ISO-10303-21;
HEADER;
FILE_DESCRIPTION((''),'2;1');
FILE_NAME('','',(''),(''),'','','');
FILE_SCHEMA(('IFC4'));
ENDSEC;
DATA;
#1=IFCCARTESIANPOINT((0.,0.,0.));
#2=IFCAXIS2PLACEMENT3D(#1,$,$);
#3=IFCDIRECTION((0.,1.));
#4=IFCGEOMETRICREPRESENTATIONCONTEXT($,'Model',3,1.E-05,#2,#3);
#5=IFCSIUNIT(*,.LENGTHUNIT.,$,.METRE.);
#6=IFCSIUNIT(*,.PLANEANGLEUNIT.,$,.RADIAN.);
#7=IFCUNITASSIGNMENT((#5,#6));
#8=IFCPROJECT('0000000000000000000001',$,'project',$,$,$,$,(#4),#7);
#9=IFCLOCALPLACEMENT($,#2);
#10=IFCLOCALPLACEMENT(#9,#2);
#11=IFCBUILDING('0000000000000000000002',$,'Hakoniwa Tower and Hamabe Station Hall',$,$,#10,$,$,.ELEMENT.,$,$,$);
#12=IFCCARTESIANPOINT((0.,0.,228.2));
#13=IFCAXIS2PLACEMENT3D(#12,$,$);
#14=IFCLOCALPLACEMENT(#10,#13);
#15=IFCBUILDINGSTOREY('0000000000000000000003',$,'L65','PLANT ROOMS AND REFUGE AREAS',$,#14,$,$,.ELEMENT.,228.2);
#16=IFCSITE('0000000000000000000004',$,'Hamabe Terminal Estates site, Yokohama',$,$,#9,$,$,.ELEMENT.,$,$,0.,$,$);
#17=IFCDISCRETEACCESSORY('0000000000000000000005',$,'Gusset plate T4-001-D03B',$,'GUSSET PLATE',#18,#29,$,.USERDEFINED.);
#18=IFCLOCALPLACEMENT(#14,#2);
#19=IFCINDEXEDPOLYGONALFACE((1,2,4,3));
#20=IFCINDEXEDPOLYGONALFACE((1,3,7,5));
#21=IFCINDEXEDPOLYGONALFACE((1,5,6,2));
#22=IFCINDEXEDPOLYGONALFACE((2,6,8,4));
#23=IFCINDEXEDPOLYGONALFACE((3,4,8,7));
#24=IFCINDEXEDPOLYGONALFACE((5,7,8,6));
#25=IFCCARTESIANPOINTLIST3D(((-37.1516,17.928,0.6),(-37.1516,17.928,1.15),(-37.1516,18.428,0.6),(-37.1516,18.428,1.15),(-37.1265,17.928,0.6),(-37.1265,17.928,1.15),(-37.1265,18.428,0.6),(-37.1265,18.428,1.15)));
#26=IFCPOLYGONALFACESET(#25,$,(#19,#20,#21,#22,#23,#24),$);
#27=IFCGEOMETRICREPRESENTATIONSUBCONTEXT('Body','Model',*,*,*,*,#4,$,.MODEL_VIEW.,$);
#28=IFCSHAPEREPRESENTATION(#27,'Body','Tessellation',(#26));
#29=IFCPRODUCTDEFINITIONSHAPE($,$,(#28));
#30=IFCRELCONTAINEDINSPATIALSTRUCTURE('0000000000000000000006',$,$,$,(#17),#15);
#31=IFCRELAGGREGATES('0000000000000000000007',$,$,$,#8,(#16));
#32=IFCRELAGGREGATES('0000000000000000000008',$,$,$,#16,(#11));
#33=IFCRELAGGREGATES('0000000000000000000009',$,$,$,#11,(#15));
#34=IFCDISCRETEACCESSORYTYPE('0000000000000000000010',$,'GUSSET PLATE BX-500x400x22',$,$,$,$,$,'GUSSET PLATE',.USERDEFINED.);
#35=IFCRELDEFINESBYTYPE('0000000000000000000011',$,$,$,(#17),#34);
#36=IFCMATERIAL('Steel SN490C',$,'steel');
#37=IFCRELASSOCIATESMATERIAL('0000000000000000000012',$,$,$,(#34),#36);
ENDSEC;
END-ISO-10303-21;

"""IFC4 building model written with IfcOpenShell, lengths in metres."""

from ifc_helpers import new_model, si_unit, direction, frame, origin, origin_2d, place, context, subcontext, project, spatial, rectangle, extrude, material, material_profile, profile_set, type_object, element, save


model = new_model("IFC4")

# Units and contexts
model_context = context("Model", 3, precision=1e-05, world=origin(), true_north=direction((0.0, 1.0)))
body_context = subcontext(model_context, "Body", "Model", "MODEL_VIEW")
ifc_project = project(units=[si_unit("LENGTHUNIT", "METRE"), si_unit("PLANEANGLEUNIT", "RADIAN")], contexts=[model_context])

# Site, building, storey
site_placement = place(None, origin())
site = spatial("IfcSite", under=ifc_project, at=site_placement, Name="Hamabe Terminal Estates site, Yokohama", CompositionType="ELEMENT", RefElevation=0.0)
building_placement = place(site_placement, origin())
building = spatial("IfcBuilding", under=site, at=building_placement, Name="Hakoniwa Tower and Hamabe Station Hall", CompositionType="ELEMENT")
storey_placement = place(building_placement, frame((0.0, 0.0, 228.2)))
storey = spatial("IfcBuildingStorey", under=building, at=storey_placement, Name="L65", Description="PLANT ROOMS AND REFUGE AREAS", CompositionType="ELEMENT", Elevation=228.2)

# Discrete accessory
ifc_material_1 = material(Name="Steel SN490C", Category="steel")
ifc_material_profile_1 = material_profile(ifc_material_1, rectangle(XDim=0.5, YDim=0.55, at=origin_2d()), Name="GUSSET PLATE BX-500x400x22")
ifc_profile_set_1 = profile_set([ifc_material_profile_1], Name="Steel SN490C")
discrete_accessory_type_1 = type_object("IfcDiscreteAccessoryType", Name="GUSSET PLATE BX-500x400x22", ElementType="GUSSET PLATE", PredefinedType="USERDEFINED", material=ifc_profile_set_1)
for number, where, z_axis, x_axis, name in (
    (1, (-37.1265, 18.178, 0.875), (-1.0, 0.0, 0.0), (0.0, -1.0, 0.0), "Gusset plate T4-001-D03B"),
):
    element("IfcDiscreteAccessory", number, at=place(storey_placement, frame(where, z_axis=z_axis, x_axis=x_axis)), inside=storey, type_object=discrete_accessory_type_1, Name=name, ObjectType="GUSSET PLATE", PredefinedType="USERDEFINED", context=body_context, shape_type="SweptSolid", body=[
        extrude(rectangle(XDim=0.5, YDim=0.55, at=origin_2d()), origin(), (0.0, 0.0, 1.0), 0.0251),
    ])

save(model, "model.ifc")
